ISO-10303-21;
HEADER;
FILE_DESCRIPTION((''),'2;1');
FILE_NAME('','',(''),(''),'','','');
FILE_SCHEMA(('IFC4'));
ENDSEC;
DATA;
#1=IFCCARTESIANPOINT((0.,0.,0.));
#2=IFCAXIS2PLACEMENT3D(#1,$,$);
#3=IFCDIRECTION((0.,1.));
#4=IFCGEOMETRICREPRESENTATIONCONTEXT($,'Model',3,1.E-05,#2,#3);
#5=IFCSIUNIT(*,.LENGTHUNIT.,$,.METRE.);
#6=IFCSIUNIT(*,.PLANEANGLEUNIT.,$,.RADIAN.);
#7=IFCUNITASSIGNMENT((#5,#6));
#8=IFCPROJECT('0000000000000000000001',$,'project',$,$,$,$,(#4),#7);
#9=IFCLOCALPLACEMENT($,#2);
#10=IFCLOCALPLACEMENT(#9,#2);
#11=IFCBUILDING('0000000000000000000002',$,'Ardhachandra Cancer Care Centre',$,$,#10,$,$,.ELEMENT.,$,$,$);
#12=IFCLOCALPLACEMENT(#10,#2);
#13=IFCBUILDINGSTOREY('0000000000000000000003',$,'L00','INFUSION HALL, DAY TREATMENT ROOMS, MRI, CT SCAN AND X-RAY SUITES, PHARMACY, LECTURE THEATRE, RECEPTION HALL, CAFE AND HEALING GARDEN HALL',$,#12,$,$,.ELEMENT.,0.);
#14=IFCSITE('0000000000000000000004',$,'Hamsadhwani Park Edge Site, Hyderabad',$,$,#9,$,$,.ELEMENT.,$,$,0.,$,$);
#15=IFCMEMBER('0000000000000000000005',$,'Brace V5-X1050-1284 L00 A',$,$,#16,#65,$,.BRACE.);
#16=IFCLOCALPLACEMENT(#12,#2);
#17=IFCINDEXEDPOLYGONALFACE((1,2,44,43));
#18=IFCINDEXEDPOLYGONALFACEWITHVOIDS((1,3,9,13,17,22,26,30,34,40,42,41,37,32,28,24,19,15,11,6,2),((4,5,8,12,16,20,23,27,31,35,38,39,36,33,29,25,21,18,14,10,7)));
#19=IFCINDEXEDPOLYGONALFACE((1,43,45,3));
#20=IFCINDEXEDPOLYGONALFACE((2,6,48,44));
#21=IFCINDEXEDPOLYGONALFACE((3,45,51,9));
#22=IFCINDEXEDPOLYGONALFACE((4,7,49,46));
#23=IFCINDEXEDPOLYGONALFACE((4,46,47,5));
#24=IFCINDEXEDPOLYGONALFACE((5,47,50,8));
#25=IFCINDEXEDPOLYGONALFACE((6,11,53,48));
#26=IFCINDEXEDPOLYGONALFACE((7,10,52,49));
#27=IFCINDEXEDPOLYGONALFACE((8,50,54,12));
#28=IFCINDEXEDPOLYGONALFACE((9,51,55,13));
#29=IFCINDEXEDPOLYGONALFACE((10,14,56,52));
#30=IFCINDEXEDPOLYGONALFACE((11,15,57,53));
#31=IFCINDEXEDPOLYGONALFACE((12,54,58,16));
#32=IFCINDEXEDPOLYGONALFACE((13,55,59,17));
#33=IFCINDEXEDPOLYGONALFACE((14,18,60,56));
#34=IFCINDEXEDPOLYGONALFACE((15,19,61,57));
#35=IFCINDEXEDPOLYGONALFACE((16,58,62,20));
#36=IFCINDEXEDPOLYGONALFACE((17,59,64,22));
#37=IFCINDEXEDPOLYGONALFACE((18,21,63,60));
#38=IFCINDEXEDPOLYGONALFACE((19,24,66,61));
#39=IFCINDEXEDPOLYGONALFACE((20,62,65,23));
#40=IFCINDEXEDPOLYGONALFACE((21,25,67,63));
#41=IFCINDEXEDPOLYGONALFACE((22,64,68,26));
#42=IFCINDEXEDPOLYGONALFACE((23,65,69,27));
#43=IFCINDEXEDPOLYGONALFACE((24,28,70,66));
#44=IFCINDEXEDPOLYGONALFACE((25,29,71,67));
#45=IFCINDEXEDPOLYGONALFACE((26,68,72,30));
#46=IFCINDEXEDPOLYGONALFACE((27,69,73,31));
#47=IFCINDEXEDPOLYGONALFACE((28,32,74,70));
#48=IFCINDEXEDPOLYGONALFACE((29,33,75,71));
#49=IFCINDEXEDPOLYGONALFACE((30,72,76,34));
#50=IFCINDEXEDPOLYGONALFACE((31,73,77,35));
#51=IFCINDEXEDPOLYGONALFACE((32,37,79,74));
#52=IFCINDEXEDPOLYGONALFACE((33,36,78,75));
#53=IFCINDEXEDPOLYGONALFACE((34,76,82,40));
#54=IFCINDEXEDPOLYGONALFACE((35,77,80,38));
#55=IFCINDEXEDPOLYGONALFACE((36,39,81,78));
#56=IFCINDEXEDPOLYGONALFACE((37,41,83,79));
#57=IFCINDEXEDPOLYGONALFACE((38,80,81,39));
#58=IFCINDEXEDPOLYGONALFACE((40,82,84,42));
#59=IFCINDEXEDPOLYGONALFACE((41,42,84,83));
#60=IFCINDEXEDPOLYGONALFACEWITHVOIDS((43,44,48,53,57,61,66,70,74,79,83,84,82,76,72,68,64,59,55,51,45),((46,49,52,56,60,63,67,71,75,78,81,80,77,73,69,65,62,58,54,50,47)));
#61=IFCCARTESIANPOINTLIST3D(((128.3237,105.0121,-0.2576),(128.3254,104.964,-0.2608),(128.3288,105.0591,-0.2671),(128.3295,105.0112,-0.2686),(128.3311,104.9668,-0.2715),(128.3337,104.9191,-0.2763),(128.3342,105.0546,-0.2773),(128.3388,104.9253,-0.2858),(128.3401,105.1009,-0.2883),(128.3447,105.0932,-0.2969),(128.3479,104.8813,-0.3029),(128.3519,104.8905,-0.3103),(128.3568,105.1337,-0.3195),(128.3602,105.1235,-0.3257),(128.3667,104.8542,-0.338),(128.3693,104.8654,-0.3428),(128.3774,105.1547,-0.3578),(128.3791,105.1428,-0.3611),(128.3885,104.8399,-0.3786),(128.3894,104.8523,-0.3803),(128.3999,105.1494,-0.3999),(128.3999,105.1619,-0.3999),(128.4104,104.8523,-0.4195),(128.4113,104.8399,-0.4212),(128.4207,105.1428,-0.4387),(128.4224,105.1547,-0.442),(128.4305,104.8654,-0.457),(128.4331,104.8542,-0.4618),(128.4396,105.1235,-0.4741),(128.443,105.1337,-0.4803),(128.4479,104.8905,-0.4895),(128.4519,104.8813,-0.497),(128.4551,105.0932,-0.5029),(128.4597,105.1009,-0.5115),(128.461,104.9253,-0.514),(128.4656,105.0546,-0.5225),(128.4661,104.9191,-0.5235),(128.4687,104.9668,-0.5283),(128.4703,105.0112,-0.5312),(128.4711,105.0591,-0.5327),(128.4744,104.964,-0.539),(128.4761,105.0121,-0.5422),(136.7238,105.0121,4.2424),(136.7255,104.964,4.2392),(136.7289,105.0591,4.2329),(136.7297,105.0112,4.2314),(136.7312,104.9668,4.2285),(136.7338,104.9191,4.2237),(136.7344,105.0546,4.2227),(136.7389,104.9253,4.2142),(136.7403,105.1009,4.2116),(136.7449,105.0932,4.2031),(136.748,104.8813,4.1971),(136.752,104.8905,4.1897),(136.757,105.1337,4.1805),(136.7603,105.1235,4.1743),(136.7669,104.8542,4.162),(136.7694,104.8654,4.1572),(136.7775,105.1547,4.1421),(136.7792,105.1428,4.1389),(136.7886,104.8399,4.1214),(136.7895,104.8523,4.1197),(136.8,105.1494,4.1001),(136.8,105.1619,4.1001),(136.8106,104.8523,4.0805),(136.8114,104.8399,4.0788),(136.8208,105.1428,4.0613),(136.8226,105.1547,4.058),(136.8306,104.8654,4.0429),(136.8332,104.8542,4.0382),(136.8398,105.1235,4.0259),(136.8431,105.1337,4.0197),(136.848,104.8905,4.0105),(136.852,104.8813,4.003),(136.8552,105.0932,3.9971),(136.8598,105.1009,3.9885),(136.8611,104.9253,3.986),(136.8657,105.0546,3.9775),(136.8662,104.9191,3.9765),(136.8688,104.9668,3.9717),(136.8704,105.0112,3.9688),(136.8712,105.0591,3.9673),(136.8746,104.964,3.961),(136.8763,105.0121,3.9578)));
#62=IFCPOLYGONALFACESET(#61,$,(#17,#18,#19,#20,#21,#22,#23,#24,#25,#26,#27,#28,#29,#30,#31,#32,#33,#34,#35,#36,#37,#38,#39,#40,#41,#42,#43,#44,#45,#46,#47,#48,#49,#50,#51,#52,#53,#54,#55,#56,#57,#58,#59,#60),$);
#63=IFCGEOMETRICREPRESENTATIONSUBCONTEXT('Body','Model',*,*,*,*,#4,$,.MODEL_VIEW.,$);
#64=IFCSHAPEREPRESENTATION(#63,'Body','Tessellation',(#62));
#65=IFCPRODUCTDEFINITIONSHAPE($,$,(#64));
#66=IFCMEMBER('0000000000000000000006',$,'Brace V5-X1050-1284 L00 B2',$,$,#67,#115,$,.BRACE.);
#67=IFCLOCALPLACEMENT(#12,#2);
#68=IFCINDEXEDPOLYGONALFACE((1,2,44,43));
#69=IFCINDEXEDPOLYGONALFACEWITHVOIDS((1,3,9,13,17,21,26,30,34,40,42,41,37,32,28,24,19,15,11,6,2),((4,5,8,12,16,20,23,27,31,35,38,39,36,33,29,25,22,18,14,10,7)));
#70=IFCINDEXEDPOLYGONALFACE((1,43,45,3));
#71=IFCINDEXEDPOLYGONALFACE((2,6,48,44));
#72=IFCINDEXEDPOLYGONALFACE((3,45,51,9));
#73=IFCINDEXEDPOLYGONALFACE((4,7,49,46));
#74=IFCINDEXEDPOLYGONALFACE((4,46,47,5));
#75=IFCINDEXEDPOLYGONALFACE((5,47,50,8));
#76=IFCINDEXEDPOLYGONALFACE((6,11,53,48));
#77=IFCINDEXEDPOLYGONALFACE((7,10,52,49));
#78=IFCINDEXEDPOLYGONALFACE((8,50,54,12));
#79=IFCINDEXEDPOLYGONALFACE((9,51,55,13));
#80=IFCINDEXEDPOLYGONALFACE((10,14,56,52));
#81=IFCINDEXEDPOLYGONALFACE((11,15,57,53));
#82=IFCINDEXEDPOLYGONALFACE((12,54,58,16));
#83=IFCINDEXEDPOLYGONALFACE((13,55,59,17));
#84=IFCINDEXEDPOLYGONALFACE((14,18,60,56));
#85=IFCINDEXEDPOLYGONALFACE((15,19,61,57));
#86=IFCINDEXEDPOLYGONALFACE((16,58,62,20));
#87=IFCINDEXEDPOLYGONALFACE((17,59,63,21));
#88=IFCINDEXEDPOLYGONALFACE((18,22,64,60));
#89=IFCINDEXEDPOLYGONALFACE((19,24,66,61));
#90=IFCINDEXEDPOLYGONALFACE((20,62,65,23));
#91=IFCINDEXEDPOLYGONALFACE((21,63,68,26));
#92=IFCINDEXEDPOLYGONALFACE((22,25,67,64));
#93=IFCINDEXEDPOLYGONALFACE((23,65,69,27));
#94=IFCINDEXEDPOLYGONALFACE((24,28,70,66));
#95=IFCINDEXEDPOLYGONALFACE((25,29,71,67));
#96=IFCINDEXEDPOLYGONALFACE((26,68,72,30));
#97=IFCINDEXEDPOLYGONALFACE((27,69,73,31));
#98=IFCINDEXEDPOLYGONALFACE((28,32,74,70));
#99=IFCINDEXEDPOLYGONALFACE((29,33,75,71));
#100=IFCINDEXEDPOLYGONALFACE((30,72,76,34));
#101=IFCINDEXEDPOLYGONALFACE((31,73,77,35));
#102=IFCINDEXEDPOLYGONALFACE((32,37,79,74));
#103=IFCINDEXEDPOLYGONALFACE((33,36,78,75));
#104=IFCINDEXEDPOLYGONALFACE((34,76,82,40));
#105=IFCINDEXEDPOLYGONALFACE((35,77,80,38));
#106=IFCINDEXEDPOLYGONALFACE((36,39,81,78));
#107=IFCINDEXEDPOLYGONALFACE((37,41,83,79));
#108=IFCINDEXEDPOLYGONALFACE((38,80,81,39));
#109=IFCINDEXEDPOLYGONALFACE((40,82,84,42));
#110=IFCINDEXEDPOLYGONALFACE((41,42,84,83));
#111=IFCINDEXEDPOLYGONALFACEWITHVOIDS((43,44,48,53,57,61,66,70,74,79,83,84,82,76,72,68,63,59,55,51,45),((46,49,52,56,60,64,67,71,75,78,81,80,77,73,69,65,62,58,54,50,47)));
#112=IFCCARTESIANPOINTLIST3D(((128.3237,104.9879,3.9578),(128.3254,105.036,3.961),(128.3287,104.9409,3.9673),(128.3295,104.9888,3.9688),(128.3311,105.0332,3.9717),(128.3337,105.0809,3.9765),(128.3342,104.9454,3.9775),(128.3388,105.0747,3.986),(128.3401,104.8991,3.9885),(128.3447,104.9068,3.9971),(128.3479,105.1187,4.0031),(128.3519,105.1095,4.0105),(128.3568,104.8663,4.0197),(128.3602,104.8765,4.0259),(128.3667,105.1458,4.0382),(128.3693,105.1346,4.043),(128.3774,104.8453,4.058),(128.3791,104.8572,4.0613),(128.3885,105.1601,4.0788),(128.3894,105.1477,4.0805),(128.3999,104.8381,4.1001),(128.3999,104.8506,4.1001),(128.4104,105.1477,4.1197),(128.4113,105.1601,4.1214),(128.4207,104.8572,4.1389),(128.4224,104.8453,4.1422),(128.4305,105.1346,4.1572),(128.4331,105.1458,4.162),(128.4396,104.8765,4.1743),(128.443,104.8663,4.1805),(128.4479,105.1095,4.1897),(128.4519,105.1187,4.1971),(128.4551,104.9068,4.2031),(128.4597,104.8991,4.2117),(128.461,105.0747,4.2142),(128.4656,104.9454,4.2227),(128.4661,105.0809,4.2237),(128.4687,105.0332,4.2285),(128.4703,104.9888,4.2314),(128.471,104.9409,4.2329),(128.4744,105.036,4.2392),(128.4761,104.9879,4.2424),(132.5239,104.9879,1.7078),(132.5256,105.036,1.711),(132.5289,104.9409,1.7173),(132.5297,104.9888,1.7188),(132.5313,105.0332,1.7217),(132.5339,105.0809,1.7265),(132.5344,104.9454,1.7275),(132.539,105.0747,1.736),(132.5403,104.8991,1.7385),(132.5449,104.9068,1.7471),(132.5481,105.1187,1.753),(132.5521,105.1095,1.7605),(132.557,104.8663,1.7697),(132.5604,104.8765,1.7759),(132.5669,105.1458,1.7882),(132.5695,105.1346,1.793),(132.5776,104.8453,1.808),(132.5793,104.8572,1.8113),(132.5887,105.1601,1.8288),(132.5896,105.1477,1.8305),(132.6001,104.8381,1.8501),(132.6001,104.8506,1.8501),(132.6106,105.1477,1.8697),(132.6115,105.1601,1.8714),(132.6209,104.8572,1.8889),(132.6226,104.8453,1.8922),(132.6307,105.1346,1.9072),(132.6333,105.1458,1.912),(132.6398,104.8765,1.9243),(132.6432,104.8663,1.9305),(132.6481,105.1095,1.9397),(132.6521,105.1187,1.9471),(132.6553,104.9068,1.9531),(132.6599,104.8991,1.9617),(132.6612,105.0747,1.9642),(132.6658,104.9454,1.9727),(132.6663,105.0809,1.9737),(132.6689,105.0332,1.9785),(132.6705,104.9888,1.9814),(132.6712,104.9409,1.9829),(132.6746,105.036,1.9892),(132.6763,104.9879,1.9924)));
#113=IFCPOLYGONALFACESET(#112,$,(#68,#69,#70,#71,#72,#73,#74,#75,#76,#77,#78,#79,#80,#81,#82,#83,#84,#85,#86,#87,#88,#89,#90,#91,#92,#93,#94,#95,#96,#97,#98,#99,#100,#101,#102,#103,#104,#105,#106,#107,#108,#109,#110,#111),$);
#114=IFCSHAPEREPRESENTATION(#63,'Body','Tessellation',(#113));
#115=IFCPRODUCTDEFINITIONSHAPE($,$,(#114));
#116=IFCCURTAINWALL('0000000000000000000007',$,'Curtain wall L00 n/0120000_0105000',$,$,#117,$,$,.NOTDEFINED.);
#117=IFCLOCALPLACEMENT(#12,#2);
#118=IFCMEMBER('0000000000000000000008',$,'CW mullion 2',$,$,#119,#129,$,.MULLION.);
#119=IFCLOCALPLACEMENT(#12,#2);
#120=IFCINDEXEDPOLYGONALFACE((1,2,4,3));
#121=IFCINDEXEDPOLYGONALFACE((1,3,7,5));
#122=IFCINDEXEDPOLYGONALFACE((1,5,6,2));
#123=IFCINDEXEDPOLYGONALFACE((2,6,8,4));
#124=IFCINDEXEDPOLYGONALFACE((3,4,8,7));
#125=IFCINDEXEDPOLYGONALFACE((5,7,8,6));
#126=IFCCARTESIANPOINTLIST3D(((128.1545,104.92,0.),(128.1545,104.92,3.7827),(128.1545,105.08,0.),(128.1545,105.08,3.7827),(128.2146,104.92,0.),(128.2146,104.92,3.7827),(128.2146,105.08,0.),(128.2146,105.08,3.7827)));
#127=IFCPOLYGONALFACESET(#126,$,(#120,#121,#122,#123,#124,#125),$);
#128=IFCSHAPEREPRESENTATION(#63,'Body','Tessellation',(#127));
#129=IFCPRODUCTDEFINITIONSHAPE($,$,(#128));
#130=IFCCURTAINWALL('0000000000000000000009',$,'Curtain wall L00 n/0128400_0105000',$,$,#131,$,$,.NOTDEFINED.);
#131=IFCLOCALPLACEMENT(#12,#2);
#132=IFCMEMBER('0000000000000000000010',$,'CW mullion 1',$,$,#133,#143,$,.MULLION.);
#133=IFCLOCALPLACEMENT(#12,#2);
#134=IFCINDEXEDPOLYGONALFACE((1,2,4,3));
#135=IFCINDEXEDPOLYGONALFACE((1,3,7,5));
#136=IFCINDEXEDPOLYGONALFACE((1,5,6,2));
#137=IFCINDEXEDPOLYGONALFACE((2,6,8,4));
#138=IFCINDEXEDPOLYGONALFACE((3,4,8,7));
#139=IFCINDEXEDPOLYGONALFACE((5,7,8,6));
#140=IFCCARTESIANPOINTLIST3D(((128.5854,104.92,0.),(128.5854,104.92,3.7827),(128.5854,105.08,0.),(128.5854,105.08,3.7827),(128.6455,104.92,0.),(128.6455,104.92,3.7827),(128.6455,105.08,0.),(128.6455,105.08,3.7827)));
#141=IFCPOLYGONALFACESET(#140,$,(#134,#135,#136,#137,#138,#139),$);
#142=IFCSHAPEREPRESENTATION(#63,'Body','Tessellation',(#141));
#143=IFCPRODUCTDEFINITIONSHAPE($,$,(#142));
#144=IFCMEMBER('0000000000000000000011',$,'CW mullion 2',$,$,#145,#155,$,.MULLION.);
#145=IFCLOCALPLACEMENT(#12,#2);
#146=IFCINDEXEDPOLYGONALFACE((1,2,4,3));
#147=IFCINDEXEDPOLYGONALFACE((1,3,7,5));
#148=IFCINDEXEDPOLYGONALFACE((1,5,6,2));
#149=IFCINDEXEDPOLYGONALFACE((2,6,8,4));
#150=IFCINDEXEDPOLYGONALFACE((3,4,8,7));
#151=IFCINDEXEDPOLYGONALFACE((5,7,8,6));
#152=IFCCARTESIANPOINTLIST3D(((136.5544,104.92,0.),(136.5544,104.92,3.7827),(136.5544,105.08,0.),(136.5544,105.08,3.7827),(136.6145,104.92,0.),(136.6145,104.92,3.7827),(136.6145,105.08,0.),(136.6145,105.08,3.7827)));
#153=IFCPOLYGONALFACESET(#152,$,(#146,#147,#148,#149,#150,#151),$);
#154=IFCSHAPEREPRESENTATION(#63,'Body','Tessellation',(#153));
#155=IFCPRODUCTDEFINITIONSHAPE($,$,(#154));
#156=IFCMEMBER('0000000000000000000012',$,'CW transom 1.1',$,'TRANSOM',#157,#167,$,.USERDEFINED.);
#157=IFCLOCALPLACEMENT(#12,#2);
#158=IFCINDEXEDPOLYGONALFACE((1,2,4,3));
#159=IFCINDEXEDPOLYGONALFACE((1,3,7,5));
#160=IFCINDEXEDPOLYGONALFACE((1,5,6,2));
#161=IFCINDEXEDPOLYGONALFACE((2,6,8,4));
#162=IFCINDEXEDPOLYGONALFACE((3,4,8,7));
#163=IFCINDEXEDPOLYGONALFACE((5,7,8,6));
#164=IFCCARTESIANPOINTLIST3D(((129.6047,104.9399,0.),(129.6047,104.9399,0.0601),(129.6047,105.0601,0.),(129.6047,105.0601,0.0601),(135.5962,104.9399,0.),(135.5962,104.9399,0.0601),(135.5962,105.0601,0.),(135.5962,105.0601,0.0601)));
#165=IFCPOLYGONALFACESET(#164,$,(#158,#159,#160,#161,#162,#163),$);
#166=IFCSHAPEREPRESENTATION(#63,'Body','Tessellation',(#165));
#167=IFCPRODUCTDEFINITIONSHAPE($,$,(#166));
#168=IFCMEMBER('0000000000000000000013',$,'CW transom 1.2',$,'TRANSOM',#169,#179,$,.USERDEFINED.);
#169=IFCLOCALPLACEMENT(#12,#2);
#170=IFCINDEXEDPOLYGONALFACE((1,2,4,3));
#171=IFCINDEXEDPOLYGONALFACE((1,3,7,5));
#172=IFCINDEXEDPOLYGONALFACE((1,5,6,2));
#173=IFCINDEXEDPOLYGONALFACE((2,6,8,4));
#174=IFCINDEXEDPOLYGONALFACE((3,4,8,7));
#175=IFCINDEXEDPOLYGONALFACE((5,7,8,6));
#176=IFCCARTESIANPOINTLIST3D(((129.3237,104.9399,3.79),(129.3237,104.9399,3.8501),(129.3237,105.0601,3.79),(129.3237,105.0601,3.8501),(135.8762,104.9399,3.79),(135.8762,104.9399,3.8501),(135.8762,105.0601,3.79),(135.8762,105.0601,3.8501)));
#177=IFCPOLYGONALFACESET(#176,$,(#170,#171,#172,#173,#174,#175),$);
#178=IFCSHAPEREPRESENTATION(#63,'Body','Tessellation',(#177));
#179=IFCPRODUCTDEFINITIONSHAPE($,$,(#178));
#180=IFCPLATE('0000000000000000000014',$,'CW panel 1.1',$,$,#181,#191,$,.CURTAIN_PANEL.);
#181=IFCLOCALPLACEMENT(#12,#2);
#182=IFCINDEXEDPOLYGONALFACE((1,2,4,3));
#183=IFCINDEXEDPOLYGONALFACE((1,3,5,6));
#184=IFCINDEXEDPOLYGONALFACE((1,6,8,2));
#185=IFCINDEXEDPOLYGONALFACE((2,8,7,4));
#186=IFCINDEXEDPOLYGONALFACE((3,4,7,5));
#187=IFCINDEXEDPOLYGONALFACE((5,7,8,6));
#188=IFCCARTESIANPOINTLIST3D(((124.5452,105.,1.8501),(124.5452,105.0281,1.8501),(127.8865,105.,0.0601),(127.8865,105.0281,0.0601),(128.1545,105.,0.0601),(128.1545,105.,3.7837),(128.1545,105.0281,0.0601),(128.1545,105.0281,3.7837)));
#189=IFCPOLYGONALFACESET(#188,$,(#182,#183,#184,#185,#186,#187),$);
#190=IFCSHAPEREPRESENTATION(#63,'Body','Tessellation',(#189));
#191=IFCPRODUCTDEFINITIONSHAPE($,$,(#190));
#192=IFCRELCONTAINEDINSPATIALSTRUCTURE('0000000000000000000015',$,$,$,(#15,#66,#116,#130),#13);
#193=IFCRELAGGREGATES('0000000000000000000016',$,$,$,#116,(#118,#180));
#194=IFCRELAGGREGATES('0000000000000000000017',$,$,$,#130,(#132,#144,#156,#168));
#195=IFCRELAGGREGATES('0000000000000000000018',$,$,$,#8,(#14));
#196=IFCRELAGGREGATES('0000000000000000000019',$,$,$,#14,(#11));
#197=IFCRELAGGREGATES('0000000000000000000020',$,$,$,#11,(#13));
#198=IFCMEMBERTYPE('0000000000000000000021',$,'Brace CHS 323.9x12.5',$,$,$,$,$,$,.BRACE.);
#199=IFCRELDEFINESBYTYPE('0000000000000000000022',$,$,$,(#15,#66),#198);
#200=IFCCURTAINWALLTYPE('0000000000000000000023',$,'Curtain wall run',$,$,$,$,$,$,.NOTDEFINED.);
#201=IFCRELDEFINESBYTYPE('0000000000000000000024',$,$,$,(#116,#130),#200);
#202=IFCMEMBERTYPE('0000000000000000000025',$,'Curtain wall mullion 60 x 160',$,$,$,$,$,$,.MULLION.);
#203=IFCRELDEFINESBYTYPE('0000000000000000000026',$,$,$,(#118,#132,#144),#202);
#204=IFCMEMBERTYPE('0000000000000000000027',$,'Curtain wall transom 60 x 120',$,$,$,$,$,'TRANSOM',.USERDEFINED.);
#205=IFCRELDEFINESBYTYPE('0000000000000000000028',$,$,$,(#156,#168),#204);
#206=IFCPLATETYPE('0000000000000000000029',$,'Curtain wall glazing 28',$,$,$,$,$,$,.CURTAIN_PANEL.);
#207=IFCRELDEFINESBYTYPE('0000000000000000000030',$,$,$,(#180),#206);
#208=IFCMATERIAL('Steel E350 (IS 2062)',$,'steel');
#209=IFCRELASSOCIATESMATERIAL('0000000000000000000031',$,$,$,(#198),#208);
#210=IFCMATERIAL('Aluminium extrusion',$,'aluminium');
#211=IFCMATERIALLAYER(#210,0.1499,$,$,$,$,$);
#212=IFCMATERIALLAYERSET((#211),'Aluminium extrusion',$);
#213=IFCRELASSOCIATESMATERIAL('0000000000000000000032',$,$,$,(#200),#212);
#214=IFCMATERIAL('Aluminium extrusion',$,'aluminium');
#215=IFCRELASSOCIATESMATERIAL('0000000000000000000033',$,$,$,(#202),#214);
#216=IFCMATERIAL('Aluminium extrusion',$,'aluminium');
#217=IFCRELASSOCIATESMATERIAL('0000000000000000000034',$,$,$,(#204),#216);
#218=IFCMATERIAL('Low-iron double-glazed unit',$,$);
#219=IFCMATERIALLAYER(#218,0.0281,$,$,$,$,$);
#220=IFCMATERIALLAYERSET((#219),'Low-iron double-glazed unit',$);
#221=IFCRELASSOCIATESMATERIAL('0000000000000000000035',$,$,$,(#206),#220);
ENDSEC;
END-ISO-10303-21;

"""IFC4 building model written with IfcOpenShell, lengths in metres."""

from ifc_helpers import new_model, si_unit, direction, frame, origin, origin_2d, place, context, subcontext, project, spatial, polyline, rectangle, hollow_circle, outline, extrude, material, layer, layer_set, material_profile, profile_set, type_object, element, aggregate, save


model = new_model("IFC4")

# Units and contexts
model_context = context("Model", 3, precision=1e-05, world=origin(), true_north=direction((0.0, 1.0)))
body_context = subcontext(model_context, "Body", "Model", "MODEL_VIEW")
ifc_project = project(units=[si_unit("LENGTHUNIT", "METRE"), si_unit("PLANEANGLEUNIT", "RADIAN")], contexts=[model_context])

# Site, building, storey
site_placement = place(None, origin())
site = spatial("IfcSite", under=ifc_project, at=site_placement, Name="Hamsadhwani Park Edge Site, Hyderabad", CompositionType="ELEMENT", RefElevation=0.0)
building_placement = place(site_placement, origin())
building = spatial("IfcBuilding", under=site, at=building_placement, Name="Ardhachandra Cancer Care Centre", CompositionType="ELEMENT")
storey_placement = place(building_placement, origin())
storey = spatial("IfcBuildingStorey", under=building, at=storey_placement, Name="L00", Description="INFUSION HALL, DAY TREATMENT ROOMS, MRI, CT SCAN AND X-RAY SUITES, PHARMACY, LECTURE THEATRE, RECEPTION HALL, CAFE AND HEALING GARDEN HALL", CompositionType="ELEMENT", Elevation=0.0)

# Members
ifc_material_1 = material(Name="Steel E350 (IS 2062)", Category="steel")
ifc_material_profile_1 = material_profile(ifc_material_1, hollow_circle(Radius=0.1619, WallThickness=0.0125, at=origin_2d()), Name="CHS 323.9x12.5")
ifc_profile_set_1 = profile_set([ifc_material_profile_1], Name="Steel E350 (IS 2062)")
member_type_1 = type_object("IfcMemberType", Name="Brace CHS 323.9x12.5", PredefinedType="BRACE", material=ifc_profile_set_1)
member_1_placement = place(storey_placement, frame((128.3999, 105.0, -0.3999), z_axis=(0.881483, 0.0, 0.472215), x_axis=(0.0, 1.0, 0.0)))
element("IfcMember", 1, at=member_1_placement, inside=storey, type_object=member_type_1, Name="Brace V5-X1050-1284 L00 A", PredefinedType="BRACE", context=body_context, shape_type="SweptSolid", body=[
    extrude(hollow_circle(Radius=0.1619, WallThickness=0.0125, at=origin_2d()), origin(), (0.0, 0.0, 1.0), 9.5295),
])
member_2_placement = place(storey_placement, frame((132.6001, 105.0, 1.8501), z_axis=(-0.881489, 0.0, 0.472204), x_axis=(0.0, -1.0, 0.0)))
element("IfcMember", 2, at=member_2_placement, inside=storey, type_object=member_type_1, Name="Brace V5-X1050-1284 L00 B2", PredefinedType="BRACE", context=body_context, shape_type="SweptSolid", body=[
    extrude(hollow_circle(Radius=0.1619, WallThickness=0.0125, at=origin_2d()), origin(), (0.0, 0.0, 1.0), 4.7649),
])

# Curtain wall, member
ifc_material_2 = material(Name="Aluminium extrusion", Category="aluminium")
ifc_layer_1 = layer(ifc_material_2, 0.1499)
ifc_layer_set_1 = layer_set([ifc_layer_1], Name="Aluminium extrusion")
curtain_wall_type = type_object("IfcCurtainWallType", Name="Curtain wall run", PredefinedType="NOTDEFINED", material=ifc_layer_set_1)
curtain_wall_1_placement = place(storey_placement, origin())
curtain_wall_1 = element("IfcCurtainWall", 3, at=curtain_wall_1_placement, inside=storey, type_object=curtain_wall_type, Name="Curtain wall L00 n/0120000_0105000", PredefinedType="NOTDEFINED")
ifc_material_3 = material(Name="Aluminium extrusion", Category="aluminium")
ifc_material_profile_2 = material_profile(ifc_material_3, rectangle(XDim=0.1599, YDim=0.0601, at=origin_2d()), Name="Curtain wall mullion 60 x 160")
ifc_profile_set_2 = profile_set([ifc_material_profile_2], Name="Aluminium extrusion")
member_type_2 = type_object("IfcMemberType", Name="Curtain wall mullion 60 x 160", PredefinedType="MULLION", material=ifc_profile_set_2)
member_3_placement = place(storey_placement, frame((128.1846, 105.0, 0.0), z_axis=(0.0, 0.0, 1.0), x_axis=(0.0, 1.0, 0.0)))
member_3 = element("IfcMember", 4, at=member_3_placement, type_object=member_type_2, Name="CW mullion 2", PredefinedType="MULLION", context=body_context, shape_type="SweptSolid", body=[
    extrude(rectangle(XDim=0.1599, YDim=0.0601, at=origin_2d()), origin(), (0.0, 0.0, 1.0), 3.7827),
])

# Curtain wall, members
curtain_wall_2_placement = place(storey_placement, origin())
curtain_wall_2 = element("IfcCurtainWall", 5, at=curtain_wall_2_placement, inside=storey, type_object=curtain_wall_type, Name="Curtain wall L00 n/0128400_0105000", PredefinedType="NOTDEFINED")
member_4_placement = place(storey_placement, frame((128.6155, 105.0, 0.0), z_axis=(0.0, 0.0, 1.0), x_axis=(0.0, 1.0, 0.0)))
member_4 = element("IfcMember", 6, at=member_4_placement, type_object=member_type_2, Name="CW mullion 1", PredefinedType="MULLION", context=body_context, shape_type="SweptSolid", body=[
    extrude(rectangle(XDim=0.1599, YDim=0.0601, at=origin_2d()), origin(), (0.0, 0.0, 1.0), 3.7827),
])
member_5_placement = place(storey_placement, frame((136.5845, 105.0, 0.0), z_axis=(0.0, 0.0, 1.0), x_axis=(0.0, 1.0, 0.0)))
member_5 = element("IfcMember", 7, at=member_5_placement, type_object=member_type_2, Name="CW mullion 2", PredefinedType="MULLION", context=body_context, shape_type="SweptSolid", body=[
    extrude(rectangle(XDim=0.1599, YDim=0.0601, at=origin_2d()), origin(), (0.0, 0.0, 1.0), 3.7827),
])
ifc_material_4 = material(Name="Aluminium extrusion", Category="aluminium")
ifc_material_profile_3 = material_profile(ifc_material_4, rectangle(XDim=0.1201, YDim=0.0601, at=origin_2d()), Name="Curtain wall transom 60 x 120")
ifc_profile_set_3 = profile_set([ifc_material_profile_3], Name="Aluminium extrusion")
member_type_3 = type_object("IfcMemberType", Name="Curtain wall transom 60 x 120", ElementType="TRANSOM", PredefinedType="USERDEFINED", material=ifc_profile_set_3)
member_6_placement = place(storey_placement, frame((129.6047, 105.0, 0.03), z_axis=(1.0, 0.0, 0.0), x_axis=(0.0, 1.0, 0.0)))
member_6 = element("IfcMember", 8, at=member_6_placement, type_object=member_type_3, Name="CW transom 1.1", ObjectType="TRANSOM", PredefinedType="USERDEFINED", context=body_context, shape_type="SweptSolid", body=[
    extrude(rectangle(XDim=0.1201, YDim=0.0601, at=origin_2d()), origin(), (0.0, 0.0, 1.0), 5.9915),
])
member_7_placement = place(storey_placement, frame((129.3237, 105.0, 3.8201), z_axis=(1.0, 0.0, 0.0), x_axis=(0.0, 1.0, 0.0)))
member_7 = element("IfcMember", 9, at=member_7_placement, type_object=member_type_3, Name="CW transom 1.2", ObjectType="TRANSOM", PredefinedType="USERDEFINED", context=body_context, shape_type="SweptSolid", body=[
    extrude(rectangle(XDim=0.1201, YDim=0.0601, at=origin_2d()), origin(), (0.0, 0.0, 1.0), 6.5525),
])

# Plate
ifc_material_5 = material(Name="Low-iron double-glazed unit")
ifc_layer_2 = layer(ifc_material_5, 0.0281)
ifc_layer_set_2 = layer_set([ifc_layer_2], Name="Low-iron double-glazed unit")
plate_type = type_object("IfcPlateType", Name="Curtain wall glazing 28", PredefinedType="CURTAIN_PANEL", material=ifc_layer_set_2)
plate_1_placement = place(storey_placement, frame((128.1545, 105.0, 0.0601), z_axis=(0.0, 1.0, 0.0), x_axis=(-1.0, 0.0, 0.0)))
plate_1 = element("IfcPlate", 10, at=plate_1_placement, type_object=plate_type, Name="CW panel 1.1", PredefinedType="CURTAIN_PANEL", context=body_context, shape_type="SweptSolid", body=[
    extrude(outline(polyline([(0.0, 0.0), (0.2681, 0.0), (3.6094, 1.79), (0.0, 3.7236), (0.0, 0.0)])), origin(), (0.0, 0.0, 1.0), 0.0281),
])
aggregate(curtain_wall_1, [member_3, plate_1])
aggregate(curtain_wall_2, [member_4, member_5, member_6, member_7])

save(model, "model.ifc")
